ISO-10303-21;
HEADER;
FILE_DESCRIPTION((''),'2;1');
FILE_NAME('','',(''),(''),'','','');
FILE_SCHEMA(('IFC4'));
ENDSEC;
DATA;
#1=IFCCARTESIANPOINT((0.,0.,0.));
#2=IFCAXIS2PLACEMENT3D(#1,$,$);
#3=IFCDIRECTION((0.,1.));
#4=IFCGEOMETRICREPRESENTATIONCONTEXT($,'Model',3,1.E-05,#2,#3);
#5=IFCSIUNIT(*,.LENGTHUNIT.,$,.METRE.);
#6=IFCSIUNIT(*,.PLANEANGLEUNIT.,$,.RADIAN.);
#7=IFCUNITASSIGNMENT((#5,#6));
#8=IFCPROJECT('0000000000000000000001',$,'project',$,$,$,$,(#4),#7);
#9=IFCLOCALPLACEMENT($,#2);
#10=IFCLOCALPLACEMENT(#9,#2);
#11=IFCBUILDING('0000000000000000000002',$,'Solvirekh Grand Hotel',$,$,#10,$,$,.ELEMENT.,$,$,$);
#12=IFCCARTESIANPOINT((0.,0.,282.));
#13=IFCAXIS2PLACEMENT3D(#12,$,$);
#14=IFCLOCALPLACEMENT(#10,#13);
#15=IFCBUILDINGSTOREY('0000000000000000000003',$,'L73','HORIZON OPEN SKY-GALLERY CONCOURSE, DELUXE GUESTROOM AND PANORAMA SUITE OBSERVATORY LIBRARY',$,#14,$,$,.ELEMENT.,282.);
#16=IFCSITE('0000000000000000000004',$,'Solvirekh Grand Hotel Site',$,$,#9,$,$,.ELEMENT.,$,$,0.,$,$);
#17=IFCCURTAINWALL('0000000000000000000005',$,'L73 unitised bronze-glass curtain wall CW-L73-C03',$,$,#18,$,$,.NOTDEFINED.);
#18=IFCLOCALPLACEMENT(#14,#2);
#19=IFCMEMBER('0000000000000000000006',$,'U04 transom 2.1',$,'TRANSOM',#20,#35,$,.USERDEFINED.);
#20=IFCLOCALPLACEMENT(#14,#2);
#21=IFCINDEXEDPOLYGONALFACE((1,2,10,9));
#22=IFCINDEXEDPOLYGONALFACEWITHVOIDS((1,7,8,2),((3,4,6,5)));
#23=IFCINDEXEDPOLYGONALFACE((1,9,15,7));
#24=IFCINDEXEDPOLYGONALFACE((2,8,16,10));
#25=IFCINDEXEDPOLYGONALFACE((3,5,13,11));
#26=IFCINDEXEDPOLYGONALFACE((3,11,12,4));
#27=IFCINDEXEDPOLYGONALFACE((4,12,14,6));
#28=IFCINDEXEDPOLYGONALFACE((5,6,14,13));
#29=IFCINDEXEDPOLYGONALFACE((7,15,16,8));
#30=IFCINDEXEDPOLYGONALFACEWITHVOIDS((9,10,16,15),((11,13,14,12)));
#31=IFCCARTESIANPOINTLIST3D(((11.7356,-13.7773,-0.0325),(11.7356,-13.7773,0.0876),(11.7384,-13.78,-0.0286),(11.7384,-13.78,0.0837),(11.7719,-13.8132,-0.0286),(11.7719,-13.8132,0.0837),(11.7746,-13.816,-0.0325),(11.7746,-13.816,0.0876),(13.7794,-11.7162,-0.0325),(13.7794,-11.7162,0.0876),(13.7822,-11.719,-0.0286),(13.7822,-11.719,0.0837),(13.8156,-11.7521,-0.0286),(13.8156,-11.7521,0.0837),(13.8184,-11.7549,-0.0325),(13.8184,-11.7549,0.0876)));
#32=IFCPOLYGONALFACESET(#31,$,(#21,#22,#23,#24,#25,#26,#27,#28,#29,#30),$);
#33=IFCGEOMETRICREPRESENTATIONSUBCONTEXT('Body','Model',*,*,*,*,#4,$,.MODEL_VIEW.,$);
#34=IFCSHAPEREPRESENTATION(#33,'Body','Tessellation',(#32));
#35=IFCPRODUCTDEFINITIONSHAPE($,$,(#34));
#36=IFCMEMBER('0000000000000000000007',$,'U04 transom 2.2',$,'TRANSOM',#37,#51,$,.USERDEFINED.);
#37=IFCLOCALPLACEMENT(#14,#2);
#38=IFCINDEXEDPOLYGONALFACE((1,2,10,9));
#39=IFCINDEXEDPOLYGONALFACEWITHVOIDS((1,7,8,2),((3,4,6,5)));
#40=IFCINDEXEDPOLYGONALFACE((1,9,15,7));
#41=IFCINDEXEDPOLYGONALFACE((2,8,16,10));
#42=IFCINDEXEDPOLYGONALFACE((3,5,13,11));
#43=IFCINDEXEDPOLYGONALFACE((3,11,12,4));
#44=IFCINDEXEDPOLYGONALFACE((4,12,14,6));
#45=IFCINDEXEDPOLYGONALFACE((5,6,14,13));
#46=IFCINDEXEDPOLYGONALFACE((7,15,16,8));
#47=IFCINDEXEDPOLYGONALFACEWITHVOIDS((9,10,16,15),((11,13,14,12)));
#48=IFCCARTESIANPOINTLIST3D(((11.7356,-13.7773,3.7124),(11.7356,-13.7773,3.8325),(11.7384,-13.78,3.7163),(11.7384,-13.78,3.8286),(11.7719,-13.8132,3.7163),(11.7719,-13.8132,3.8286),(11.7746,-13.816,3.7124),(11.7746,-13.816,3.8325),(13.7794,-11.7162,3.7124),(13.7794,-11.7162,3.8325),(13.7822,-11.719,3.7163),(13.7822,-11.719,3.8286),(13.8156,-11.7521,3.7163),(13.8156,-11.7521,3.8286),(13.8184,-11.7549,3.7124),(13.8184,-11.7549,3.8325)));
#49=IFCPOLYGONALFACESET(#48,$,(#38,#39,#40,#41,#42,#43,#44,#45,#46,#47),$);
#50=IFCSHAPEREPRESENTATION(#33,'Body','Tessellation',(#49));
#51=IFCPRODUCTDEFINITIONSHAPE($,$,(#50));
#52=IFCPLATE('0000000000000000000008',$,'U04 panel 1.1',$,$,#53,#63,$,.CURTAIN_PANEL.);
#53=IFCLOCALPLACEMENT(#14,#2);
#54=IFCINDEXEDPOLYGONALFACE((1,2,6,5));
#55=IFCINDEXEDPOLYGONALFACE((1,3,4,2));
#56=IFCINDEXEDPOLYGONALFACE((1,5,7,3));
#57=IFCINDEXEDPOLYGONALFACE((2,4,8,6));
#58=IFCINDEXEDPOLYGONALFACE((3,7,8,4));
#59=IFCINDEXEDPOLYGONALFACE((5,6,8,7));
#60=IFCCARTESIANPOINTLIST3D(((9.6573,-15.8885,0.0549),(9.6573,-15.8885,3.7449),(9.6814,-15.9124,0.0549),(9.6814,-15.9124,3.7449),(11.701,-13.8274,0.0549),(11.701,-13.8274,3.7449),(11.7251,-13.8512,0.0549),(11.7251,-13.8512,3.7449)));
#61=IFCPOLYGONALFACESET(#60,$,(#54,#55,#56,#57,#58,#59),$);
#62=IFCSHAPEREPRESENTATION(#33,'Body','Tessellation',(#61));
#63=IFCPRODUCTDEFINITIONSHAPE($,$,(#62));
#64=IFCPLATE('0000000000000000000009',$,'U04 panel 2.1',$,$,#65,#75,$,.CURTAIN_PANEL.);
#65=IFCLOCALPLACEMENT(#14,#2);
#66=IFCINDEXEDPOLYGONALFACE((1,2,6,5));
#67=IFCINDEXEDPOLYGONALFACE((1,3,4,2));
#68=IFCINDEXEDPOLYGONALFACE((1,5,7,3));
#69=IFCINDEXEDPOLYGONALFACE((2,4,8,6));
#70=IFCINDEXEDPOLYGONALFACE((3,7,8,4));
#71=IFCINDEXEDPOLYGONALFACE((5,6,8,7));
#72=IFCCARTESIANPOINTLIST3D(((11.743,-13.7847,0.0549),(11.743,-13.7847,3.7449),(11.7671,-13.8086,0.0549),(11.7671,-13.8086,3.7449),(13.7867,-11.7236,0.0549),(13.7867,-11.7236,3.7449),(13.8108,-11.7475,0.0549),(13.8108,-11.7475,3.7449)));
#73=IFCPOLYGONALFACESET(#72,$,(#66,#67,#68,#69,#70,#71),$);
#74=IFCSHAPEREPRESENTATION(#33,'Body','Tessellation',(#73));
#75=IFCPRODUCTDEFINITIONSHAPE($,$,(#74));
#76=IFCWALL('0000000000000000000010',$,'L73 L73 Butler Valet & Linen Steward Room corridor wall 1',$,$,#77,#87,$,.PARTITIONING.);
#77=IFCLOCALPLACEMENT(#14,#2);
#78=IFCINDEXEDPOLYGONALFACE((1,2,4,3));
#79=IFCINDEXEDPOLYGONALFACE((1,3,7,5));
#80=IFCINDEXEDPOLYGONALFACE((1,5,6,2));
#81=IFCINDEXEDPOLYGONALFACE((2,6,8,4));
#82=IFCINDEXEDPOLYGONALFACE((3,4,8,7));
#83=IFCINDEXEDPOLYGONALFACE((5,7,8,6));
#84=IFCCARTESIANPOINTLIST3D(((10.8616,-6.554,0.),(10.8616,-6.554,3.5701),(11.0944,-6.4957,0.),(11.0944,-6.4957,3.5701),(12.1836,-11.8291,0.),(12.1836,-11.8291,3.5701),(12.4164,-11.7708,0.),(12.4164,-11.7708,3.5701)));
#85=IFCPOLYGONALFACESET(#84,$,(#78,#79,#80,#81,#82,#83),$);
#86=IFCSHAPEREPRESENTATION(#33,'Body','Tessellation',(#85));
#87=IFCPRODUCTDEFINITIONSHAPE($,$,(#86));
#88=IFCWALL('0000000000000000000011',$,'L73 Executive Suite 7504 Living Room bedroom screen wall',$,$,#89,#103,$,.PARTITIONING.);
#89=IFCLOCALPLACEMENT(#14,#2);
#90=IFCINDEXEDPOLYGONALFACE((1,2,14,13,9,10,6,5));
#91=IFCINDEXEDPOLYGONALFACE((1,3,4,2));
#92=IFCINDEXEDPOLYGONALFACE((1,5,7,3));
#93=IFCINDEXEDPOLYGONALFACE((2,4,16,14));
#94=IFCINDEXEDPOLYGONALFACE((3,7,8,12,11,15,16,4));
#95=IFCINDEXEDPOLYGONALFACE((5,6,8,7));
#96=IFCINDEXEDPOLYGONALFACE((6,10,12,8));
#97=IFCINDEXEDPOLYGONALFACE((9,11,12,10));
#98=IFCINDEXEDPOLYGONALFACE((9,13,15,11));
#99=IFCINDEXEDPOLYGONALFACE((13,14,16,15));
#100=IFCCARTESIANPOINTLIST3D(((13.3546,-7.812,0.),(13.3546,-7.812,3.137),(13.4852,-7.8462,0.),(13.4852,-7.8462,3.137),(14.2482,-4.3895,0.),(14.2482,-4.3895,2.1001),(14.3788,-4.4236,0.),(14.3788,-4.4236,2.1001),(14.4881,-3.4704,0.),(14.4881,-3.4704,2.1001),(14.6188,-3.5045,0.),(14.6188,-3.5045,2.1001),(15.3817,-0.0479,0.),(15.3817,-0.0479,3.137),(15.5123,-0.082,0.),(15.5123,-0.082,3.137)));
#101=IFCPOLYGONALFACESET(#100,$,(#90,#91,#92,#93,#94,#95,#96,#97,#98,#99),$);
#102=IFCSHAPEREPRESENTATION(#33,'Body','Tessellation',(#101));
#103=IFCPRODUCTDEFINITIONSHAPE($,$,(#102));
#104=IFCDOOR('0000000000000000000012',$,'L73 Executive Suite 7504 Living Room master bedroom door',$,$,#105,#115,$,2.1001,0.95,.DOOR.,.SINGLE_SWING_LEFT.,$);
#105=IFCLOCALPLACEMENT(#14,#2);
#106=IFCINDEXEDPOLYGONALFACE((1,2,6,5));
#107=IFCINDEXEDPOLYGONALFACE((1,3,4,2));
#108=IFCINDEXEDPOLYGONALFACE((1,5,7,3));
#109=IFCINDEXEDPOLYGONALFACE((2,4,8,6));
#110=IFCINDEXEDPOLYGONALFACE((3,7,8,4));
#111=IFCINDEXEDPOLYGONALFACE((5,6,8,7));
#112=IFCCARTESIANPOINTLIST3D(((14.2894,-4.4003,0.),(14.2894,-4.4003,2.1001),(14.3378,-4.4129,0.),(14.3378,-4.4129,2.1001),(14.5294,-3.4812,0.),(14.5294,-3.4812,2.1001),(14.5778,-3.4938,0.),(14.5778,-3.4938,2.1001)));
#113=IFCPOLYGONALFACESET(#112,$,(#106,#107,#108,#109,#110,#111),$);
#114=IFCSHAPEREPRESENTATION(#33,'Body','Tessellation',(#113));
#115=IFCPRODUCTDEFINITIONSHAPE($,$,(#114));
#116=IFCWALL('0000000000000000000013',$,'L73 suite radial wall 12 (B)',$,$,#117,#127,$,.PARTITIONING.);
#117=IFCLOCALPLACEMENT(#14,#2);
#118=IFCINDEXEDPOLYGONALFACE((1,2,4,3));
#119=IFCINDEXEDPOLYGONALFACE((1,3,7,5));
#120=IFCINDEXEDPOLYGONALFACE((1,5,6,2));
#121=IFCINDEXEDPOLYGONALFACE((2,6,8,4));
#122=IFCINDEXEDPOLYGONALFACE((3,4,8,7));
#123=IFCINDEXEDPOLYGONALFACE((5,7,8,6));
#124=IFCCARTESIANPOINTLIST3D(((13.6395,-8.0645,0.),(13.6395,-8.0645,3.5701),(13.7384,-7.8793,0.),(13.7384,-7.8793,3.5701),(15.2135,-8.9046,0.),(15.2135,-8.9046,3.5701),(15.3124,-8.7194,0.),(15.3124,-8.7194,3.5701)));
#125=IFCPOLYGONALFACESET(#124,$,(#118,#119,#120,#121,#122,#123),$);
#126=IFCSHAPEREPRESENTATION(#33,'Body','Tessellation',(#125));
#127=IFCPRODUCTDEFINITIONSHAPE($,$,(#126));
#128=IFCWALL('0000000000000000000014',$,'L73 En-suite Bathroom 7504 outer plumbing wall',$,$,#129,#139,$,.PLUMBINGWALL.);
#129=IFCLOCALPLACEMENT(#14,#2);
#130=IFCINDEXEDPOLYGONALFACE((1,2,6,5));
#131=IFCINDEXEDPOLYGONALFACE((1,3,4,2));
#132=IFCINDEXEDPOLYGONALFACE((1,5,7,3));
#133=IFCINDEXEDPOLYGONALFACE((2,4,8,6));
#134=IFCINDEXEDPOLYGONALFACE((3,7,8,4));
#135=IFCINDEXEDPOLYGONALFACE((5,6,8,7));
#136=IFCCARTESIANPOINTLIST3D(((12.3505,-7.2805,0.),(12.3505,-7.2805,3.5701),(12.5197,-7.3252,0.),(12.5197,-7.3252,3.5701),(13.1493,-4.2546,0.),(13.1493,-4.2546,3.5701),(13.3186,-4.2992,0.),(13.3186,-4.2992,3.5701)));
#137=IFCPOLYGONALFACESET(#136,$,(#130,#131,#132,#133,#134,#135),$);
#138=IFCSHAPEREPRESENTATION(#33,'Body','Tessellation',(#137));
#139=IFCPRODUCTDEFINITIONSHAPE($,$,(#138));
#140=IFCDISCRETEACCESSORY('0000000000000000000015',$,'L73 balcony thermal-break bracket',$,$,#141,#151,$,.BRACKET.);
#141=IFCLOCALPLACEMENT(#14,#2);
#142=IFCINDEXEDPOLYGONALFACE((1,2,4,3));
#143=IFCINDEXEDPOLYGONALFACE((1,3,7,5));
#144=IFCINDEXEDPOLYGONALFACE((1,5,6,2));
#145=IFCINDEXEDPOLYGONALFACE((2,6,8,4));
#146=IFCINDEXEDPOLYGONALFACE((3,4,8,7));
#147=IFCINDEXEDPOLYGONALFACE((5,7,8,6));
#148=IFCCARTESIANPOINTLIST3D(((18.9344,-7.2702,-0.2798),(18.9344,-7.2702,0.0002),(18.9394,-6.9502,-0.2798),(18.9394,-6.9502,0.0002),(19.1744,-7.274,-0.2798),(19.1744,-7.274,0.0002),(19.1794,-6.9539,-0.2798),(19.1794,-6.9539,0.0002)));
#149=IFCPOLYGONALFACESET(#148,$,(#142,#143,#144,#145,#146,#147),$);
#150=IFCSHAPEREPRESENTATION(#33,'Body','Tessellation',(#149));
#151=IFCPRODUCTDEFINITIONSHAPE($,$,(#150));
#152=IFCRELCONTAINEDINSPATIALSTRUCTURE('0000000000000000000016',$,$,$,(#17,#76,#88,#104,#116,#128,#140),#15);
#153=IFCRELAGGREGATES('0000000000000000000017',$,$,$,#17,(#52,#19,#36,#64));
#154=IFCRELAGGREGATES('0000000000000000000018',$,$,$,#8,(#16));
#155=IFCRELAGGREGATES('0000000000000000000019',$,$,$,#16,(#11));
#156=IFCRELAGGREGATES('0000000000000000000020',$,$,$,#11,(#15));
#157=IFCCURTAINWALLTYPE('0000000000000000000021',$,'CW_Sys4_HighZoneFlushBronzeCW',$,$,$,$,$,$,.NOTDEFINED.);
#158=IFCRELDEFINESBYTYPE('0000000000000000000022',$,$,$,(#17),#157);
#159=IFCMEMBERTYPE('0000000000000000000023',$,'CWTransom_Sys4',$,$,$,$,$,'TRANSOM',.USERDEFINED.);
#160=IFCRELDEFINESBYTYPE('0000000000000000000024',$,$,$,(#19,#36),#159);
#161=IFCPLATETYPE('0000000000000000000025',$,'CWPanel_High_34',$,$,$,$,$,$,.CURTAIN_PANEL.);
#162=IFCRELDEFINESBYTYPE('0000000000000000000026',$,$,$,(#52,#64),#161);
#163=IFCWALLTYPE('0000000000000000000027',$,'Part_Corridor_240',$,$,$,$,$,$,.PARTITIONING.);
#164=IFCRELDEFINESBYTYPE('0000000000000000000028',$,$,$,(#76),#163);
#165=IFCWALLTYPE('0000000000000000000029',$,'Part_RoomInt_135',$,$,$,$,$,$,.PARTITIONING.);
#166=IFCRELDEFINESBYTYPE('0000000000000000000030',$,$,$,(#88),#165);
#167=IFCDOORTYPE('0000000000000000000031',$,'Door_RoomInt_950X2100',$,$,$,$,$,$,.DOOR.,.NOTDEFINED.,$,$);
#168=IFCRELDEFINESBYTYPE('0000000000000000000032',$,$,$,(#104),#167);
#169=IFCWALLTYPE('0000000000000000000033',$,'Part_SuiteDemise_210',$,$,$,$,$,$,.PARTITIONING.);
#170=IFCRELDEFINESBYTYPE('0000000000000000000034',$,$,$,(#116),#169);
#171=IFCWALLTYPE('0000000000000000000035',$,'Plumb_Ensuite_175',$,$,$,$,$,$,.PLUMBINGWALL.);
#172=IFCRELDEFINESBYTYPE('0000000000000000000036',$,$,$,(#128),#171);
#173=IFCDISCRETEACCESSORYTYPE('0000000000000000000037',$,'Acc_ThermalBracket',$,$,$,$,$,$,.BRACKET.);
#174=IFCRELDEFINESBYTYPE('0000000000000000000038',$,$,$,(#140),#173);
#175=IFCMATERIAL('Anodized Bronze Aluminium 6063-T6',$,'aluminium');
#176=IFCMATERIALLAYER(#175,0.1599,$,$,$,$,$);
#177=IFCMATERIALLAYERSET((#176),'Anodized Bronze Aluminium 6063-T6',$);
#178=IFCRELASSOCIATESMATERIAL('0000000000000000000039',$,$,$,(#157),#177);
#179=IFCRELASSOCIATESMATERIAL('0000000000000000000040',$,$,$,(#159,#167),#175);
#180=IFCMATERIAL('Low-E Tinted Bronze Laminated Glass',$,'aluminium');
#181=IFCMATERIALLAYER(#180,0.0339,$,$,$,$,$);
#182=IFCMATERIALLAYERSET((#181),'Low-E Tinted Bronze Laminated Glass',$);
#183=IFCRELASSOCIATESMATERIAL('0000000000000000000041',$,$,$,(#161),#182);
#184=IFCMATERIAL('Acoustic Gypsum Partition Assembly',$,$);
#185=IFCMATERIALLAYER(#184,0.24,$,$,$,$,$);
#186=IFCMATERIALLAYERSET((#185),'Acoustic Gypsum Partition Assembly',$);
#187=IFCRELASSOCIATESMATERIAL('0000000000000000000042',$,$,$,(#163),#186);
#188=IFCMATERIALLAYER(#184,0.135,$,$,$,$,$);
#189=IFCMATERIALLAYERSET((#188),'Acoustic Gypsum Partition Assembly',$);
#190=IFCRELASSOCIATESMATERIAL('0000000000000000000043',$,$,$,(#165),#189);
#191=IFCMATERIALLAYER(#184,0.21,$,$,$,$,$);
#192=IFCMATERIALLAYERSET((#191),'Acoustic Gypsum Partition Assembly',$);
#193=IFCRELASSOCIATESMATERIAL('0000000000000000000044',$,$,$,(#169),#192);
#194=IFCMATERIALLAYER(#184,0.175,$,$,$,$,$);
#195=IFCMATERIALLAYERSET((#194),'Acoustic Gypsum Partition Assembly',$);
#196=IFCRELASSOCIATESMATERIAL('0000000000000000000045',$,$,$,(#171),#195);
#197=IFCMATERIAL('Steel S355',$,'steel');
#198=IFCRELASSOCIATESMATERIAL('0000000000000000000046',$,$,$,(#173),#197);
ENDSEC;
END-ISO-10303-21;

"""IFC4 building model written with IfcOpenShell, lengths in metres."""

from ifc_helpers import new_model, si_unit, direction, frame, frame_2d, origin, origin_2d, place, context, subcontext, project, spatial, rectangle, hollow_rectangle, extrude, source, transform, mapped, material, layer, layer_set, material_profile, profile_set, type_object, element, fill, aggregate, save


model = new_model("IFC4")

# Units and contexts
model_context = context("Model", 3, precision=1e-05, world=origin(), true_north=direction((0.0, 1.0)))
body_context = subcontext(model_context, "Body", "Model", "MODEL_VIEW")
ifc_project = project(units=[si_unit("LENGTHUNIT", "METRE"), si_unit("PLANEANGLEUNIT", "RADIAN")], contexts=[model_context])

# Site, building, storey
site_placement = place(None, origin())
site = spatial("IfcSite", under=ifc_project, at=site_placement, Name="Solvirekh Grand Hotel Site", CompositionType="ELEMENT", RefElevation=0.0)
building_placement = place(site_placement, origin())
building = spatial("IfcBuilding", under=site, at=building_placement, Name="Solvirekh Grand Hotel", CompositionType="ELEMENT")
storey_placement = place(building_placement, frame((0.0, 0.0, 282.0)))
storey = spatial("IfcBuildingStorey", under=building, at=storey_placement, Name="L73", Description="HORIZON OPEN SKY-GALLERY CONCOURSE, DELUXE GUESTROOM AND PANORAMA SUITE OBSERVATORY LIBRARY", CompositionType="ELEMENT", Elevation=282.0)

# Shared definitions
ifc_material_1 = material(Name="Steel S355", Category="steel")

# Curtain wall, members, plates
ifc_material_2 = material(Name="Anodized Bronze Aluminium 6063-T6", Category="aluminium")
ifc_layer_1 = layer(ifc_material_2, 0.1599)
ifc_layer_set_1 = layer_set([ifc_layer_1], Name="Anodized Bronze Aluminium 6063-T6")
curtain_wall_type = type_object("IfcCurtainWallType", Name="CW_Sys4_HighZoneFlushBronzeCW", PredefinedType="NOTDEFINED", material=ifc_layer_set_1)
curtain_wall_placement = place(storey_placement, origin())
curtain_wall = element("IfcCurtainWall", 1, at=curtain_wall_placement, inside=storey, type_object=curtain_wall_type, Name="L73 unitised bronze-glass curtain wall CW-L73-C03", PredefinedType="NOTDEFINED")
ifc_material_profile_1 = material_profile(ifc_material_2, hollow_rectangle(XDim=0.0549, YDim=0.1201, WallThickness=0.0039, at=origin_2d()), Name="ALU RHS 120X55X4")
ifc_profile_set_1 = profile_set([ifc_material_profile_1], Name="Anodized Bronze Aluminium 6063-T6")
member_type_1 = type_object("IfcMemberType", Name="CWTransom_Sys4", ElementType="TRANSOM", PredefinedType="USERDEFINED", material=ifc_profile_set_1)
shared_shape_1 = source(origin(), body_context, "Body", "SweptSolid", [
    extrude(hollow_rectangle(XDim=0.0549, YDim=0.1201, WallThickness=0.0039, at=origin_2d()), origin(), (0.0, 0.0, 1.0), 2.9026),
])
member_1_placement = place(storey_placement, frame((11.7551, -13.7966, 0.0276), z_axis=(0.704114, 0.710087, 0.0), x_axis=(-0.710087, 0.704114, 0.0)))
member_1 = element("IfcMember", 2, at=member_1_placement, type_object=member_type_1, Name="U04 transom 2.1", ObjectType="TRANSOM", PredefinedType="USERDEFINED", context=body_context, shape_type="MappedRepresentation", body=[
    mapped(shared_shape_1, transform((0.0, 0.0, 0.0), x_axis=(1.0, 0.0, 0.0), y_axis=(0.0, 1.0, 0.0), z_axis=(0.0, 0.0, 1.0), scale=1.0)),
])
member_2_placement = place(storey_placement, frame((11.7551, -13.7966, 3.7725), z_axis=(0.704114, 0.710087, 0.0), x_axis=(-0.710087, 0.704114, 0.0)))
member_2 = element("IfcMember", 3, at=member_2_placement, type_object=member_type_1, Name="U04 transom 2.2", ObjectType="TRANSOM", PredefinedType="USERDEFINED", context=body_context, shape_type="MappedRepresentation", body=[
    mapped(shared_shape_1, transform((0.0, 0.0, 0.0), x_axis=(1.0, 0.0, 0.0), y_axis=(0.0, 1.0, 0.0), z_axis=(0.0, 0.0, 1.0), scale=1.0)),
])
ifc_material_3 = material(Name="Low-E Tinted Bronze Laminated Glass", Category="aluminium")
ifc_layer_2 = layer(ifc_material_3, 0.0339)
ifc_layer_set_2 = layer_set([ifc_layer_2], Name="Low-E Tinted Bronze Laminated Glass")
plate_type = type_object("IfcPlateType", Name="CWPanel_High_34", PredefinedType="CURTAIN_PANEL", material=ifc_layer_set_2)
shared_shape_2 = source(origin(), body_context, "Body", "SweptSolid", [
    extrude(rectangle(XDim=2.9026, YDim=0.0339, at=origin_2d()), origin(), (0.0, 0.0, 1.0), 3.6899),
])
plate_1_placement = place(storey_placement, frame((10.6912, -14.8699, 0.0549), z_axis=(0.0, 0.0, 1.0), x_axis=(0.704093, 0.710108, 0.0)))
plate_1 = element("IfcPlate", 4, at=plate_1_placement, type_object=plate_type, Name="U04 panel 1.1", PredefinedType="CURTAIN_PANEL", context=body_context, shape_type="MappedRepresentation", body=[
    mapped(shared_shape_2, transform((0.0, 0.0, 0.0), x_axis=(1.0, 0.0, 0.0), y_axis=(0.0, 1.0, 0.0), z_axis=(0.0, 0.0, 1.0), scale=1.0)),
])
plate_2_placement = place(storey_placement, frame((12.7769, -12.7661, 0.0549), z_axis=(0.0, 0.0, 1.0), x_axis=(0.704093, 0.710108, 0.0)))
plate_2 = element("IfcPlate", 5, at=plate_2_placement, type_object=plate_type, Name="U04 panel 2.1", PredefinedType="CURTAIN_PANEL", context=body_context, shape_type="MappedRepresentation", body=[
    mapped(shared_shape_2, transform((0.0, 0.0, 0.0), x_axis=(1.0, 0.0, 0.0), y_axis=(0.0, 1.0, 0.0), z_axis=(0.0, 0.0, 1.0), scale=1.0)),
])
aggregate(curtain_wall, [plate_1, member_1, member_2, plate_2])

# Wall
ifc_material_4 = material(Name="Acoustic Gypsum Partition Assembly")
ifc_layer_3 = layer(ifc_material_4, 0.24)
ifc_layer_set_3 = layer_set([ifc_layer_3], Name="Acoustic Gypsum Partition Assembly")
wall_type_1 = type_object("IfcWallType", Name="Part_Corridor_240", PredefinedType="PARTITIONING", material=ifc_layer_set_3)
wall_1_placement = place(storey_placement, frame((12.3, -11.8, 0.0), z_axis=(0.0, 0.0, 1.0), x_axis=(-0.243095, 0.970002, 0.0)))
element("IfcWall", 6, at=wall_1_placement, inside=storey, type_object=wall_type_1, Name="L73 L73 Butler Valet & Linen Steward Room corridor wall 1", PredefinedType="PARTITIONING", context=body_context, shape_type="SweptSolid", body=[
    extrude(rectangle(XDim=5.4382, YDim=0.24, at=frame_2d((2.7192, 0.0))), origin(), (0.0, 0.0, 1.0), 3.5701),
])

# Wall, opening, door
ifc_layer_4 = layer(ifc_material_4, 0.135)
ifc_layer_set_4 = layer_set([ifc_layer_4], Name="Acoustic Gypsum Partition Assembly")
wall_type_2 = type_object("IfcWallType", Name="Part_RoomInt_135", PredefinedType="PARTITIONING", material=ifc_layer_set_4)
wall_2_placement = place(storey_placement, frame((13.4199, -7.8291, 0.0), z_axis=(0.0, 0.0, 1.0), x_axis=(0.252616, 0.967567, 0.0)))
wall_2 = element("IfcWall", 7, at=wall_2_placement, inside=storey, type_object=wall_type_2, Name="L73 Executive Suite 7504 Living Room bedroom screen wall", PredefinedType="PARTITIONING", context=body_context, shape_type="SweptSolid", body=[
    extrude(rectangle(XDim=8.0244, YDim=0.135, at=frame_2d((4.0122, 0.0))), origin(), (0.0, 0.0, 1.0), 3.137),
])
opening_placement = place(wall_2_placement, frame((3.5371, 0.0, 0.0)))
opening = element("IfcOpeningElement", 8, at=opening_placement, cuts=wall_2, PredefinedType="OPENING", context=body_context, shape_type="SweptSolid", body=[
    extrude(rectangle(XDim=0.95, YDim=2.1001, at=frame_2d((0.4751, 1.05))), frame((0.0, 0.0776, 0.0), z_axis=(0.0, -1.0, 0.0), x_axis=(1.0, 0.0, 0.0)), (0.0, 0.0, 1.0), 0.155),
])
door_type = type_object("IfcDoorType", Name="Door_RoomInt_950X2100", OperationType="NOTDEFINED", PredefinedType="DOOR", material=ifc_material_2)
door_placement = place(opening_placement, origin())
door = element("IfcDoor", 9, at=door_placement, inside=storey, type_object=door_type, Name="L73 Executive Suite 7504 Living Room master bedroom door", OperationType="SINGLE_SWING_LEFT", OverallHeight=2.1001, OverallWidth=0.95, PredefinedType="DOOR", context=body_context, shape_type="SweptSolid", body=[
    extrude(rectangle(XDim=0.95, YDim=2.1001, at=frame_2d((0.4751, 1.05))), frame((0.0, 0.0249, 0.0), z_axis=(0.0, -1.0, 0.0), x_axis=(1.0, 0.0, 0.0)), (0.0, 0.0, 1.0), 0.05),
])
fill(opening, door)

# Walls
ifc_layer_5 = layer(ifc_material_4, 0.21)
ifc_layer_set_5 = layer_set([ifc_layer_5], Name="Acoustic Gypsum Partition Assembly")
wall_type_3 = type_object("IfcWallType", Name="Part_SuiteDemise_210", PredefinedType="PARTITIONING", material=ifc_layer_set_5)
wall_3_placement = place(storey_placement, frame((13.689, -7.9719, 0.0), z_axis=(0.0, 0.0, 1.0), x_axis=(0.882205, -0.470865, 0.0)))
element("IfcWall", 10, at=wall_3_placement, inside=storey, type_object=wall_type_3, Name="L73 suite radial wall 12 (B)", PredefinedType="PARTITIONING", context=body_context, shape_type="SweptSolid", body=[
    extrude(rectangle(XDim=1.7842, YDim=0.21, at=frame_2d((0.8921, 0.0))), origin(), (0.0, 0.0, 1.0), 3.5701),
])
ifc_layer_6 = layer(ifc_material_4, 0.175)
ifc_layer_set_6 = layer_set([ifc_layer_6], Name="Acoustic Gypsum Partition Assembly")
wall_type_4 = type_object("IfcWallType", Name="Plumb_Ensuite_175", PredefinedType="PLUMBINGWALL", material=ifc_layer_set_6)
wall_4_placement = place(storey_placement, frame((12.4351, -7.303, 0.0), z_axis=(0.0, 0.0, 1.0), x_axis=(0.255254, 0.966874, 0.0)))
element("IfcWall", 11, at=wall_4_placement, inside=storey, type_object=wall_type_4, Name="L73 En-suite Bathroom 7504 outer plumbing wall", PredefinedType="PLUMBINGWALL", context=body_context, shape_type="SweptSolid", body=[
    extrude(rectangle(XDim=3.1296, YDim=0.175, at=frame_2d((1.5649, 0.0))), origin(), (0.0, 0.0, 1.0), 3.5701),
])

# Discrete accessory
discrete_accessory_type = type_object("IfcDiscreteAccessoryType", Name="Acc_ThermalBracket", PredefinedType="BRACKET", material=ifc_material_1)
discrete_accessory_placement = place(storey_placement, frame((19.0569, -7.1121, -0.2798), z_axis=(0.0, 0.0, 1.0), x_axis=(-0.015707, -0.999877, 0.0)))
element("IfcDiscreteAccessory", 12, at=discrete_accessory_placement, inside=storey, type_object=discrete_accessory_type, Name="L73 balcony thermal-break bracket", PredefinedType="BRACKET", context=body_context, shape_type="SweptSolid", body=[
    extrude(rectangle(XDim=0.3201, YDim=0.24, at=origin_2d()), origin(), (0.0, 0.0, 1.0), 0.28),
])

save(model, "model.ifc")
